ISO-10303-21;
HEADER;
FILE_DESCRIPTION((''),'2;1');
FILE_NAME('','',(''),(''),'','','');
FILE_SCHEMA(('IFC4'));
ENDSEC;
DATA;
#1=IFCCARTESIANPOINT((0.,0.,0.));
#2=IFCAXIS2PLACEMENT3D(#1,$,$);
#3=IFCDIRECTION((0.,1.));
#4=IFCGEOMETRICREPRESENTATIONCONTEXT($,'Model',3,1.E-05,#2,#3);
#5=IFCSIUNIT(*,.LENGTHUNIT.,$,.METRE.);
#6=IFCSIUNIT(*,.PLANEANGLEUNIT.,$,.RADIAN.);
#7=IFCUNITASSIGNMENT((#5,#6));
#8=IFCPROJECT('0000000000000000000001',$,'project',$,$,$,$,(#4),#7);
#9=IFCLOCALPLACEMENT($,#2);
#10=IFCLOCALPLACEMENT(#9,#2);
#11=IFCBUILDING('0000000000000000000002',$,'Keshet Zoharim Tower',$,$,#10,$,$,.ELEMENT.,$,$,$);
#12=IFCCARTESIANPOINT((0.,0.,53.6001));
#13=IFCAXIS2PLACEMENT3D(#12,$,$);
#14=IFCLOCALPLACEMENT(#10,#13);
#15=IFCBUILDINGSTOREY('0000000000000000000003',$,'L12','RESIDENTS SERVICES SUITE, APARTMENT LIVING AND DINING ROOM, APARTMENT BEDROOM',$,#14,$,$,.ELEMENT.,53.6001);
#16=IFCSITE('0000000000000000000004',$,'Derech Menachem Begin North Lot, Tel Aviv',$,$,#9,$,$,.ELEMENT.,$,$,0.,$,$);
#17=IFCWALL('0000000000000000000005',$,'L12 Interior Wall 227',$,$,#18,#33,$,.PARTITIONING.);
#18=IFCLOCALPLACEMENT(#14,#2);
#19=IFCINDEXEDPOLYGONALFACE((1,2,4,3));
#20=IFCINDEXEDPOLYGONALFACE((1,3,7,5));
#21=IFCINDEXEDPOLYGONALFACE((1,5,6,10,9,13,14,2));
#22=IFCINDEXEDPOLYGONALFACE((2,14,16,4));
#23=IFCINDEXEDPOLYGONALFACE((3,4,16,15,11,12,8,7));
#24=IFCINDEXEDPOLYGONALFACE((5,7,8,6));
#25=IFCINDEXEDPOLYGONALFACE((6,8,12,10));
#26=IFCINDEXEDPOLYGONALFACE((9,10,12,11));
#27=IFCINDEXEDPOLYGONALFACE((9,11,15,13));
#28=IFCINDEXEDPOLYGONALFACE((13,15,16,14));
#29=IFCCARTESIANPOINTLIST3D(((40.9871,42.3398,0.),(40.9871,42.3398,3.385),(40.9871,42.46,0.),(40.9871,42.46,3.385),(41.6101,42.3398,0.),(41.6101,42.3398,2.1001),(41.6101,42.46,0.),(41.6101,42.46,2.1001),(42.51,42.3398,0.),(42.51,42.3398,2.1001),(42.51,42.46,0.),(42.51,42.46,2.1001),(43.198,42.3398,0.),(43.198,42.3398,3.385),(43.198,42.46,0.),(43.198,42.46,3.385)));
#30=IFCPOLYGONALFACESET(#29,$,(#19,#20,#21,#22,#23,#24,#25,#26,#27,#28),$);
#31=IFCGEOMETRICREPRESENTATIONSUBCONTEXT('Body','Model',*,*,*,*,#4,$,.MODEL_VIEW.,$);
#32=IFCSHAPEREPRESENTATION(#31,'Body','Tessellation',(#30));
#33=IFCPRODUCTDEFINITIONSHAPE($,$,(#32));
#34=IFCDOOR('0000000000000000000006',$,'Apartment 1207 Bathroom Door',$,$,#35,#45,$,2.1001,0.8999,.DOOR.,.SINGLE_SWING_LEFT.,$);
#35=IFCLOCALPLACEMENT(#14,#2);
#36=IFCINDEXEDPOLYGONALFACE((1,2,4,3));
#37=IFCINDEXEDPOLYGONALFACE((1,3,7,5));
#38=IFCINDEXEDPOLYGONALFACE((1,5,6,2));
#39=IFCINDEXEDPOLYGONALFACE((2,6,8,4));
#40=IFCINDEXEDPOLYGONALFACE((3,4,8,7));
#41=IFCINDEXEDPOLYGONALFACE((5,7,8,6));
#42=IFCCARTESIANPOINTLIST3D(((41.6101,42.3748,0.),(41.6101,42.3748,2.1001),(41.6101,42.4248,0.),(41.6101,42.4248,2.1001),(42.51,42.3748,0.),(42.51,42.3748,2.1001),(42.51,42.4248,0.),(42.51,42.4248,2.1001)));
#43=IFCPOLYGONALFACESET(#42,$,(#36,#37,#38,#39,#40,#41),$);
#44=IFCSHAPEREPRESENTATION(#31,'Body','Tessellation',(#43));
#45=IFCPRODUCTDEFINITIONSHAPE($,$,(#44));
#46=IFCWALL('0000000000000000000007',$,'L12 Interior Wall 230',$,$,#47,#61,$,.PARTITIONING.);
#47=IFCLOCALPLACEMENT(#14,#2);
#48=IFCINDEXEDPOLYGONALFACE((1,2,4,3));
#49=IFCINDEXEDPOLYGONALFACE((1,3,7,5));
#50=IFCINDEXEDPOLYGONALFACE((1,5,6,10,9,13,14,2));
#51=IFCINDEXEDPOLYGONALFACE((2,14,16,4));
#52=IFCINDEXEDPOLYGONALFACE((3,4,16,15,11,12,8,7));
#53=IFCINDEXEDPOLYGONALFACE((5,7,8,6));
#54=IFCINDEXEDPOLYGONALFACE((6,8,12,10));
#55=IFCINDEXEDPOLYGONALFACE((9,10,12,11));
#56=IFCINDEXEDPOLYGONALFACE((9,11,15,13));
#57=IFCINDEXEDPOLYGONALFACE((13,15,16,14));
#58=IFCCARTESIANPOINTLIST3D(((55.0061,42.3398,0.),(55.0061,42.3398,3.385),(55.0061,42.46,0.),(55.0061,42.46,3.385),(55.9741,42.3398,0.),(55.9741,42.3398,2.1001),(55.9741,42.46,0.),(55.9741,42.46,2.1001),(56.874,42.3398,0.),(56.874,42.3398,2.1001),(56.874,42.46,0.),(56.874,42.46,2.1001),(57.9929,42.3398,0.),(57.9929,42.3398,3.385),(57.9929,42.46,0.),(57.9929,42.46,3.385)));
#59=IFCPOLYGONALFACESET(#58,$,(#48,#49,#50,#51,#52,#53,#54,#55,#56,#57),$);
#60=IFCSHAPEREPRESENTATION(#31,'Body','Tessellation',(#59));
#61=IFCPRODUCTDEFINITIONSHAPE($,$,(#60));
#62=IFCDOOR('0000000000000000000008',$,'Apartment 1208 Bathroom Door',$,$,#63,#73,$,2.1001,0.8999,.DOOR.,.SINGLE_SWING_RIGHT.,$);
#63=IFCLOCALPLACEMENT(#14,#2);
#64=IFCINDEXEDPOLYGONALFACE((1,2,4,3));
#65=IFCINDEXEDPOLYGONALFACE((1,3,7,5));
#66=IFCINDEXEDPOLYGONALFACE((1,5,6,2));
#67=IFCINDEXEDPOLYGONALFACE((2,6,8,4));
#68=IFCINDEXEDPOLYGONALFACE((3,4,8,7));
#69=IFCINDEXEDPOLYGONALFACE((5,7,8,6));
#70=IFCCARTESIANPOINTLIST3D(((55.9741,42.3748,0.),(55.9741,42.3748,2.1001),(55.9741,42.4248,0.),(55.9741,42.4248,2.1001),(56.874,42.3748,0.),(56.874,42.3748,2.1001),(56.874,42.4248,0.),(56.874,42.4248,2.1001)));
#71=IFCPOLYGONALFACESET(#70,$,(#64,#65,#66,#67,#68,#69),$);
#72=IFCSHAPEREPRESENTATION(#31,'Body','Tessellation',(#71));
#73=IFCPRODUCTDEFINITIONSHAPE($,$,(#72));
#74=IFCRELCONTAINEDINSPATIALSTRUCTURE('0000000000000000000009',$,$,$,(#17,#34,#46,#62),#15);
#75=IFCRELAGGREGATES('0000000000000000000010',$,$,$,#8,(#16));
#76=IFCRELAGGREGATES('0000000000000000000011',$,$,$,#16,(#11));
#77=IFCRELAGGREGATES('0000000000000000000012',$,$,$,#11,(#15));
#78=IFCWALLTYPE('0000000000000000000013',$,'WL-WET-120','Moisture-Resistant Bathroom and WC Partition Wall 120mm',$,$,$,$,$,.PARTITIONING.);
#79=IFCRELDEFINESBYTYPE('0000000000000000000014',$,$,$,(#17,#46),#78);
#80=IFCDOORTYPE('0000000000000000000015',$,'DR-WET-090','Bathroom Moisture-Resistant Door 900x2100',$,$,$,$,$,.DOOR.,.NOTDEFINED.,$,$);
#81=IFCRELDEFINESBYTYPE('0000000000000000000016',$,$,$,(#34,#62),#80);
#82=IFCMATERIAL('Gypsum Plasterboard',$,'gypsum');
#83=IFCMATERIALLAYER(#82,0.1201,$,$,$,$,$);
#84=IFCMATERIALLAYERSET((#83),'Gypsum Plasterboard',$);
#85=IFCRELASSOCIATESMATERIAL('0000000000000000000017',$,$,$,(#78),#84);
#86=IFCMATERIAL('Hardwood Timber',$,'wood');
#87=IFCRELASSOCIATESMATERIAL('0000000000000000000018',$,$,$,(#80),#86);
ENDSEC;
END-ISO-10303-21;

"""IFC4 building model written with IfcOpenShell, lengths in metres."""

from ifc_helpers import new_model, si_unit, direction, frame, frame_2d, origin, place, context, subcontext, project, spatial, rectangle, extrude, material, layer, layer_set, type_object, element, fill, save


model = new_model("IFC4")

# Units and contexts
model_context = context("Model", 3, precision=1e-05, world=origin(), true_north=direction((0.0, 1.0)))
body_context = subcontext(model_context, "Body", "Model", "MODEL_VIEW")
ifc_project = project(units=[si_unit("LENGTHUNIT", "METRE"), si_unit("PLANEANGLEUNIT", "RADIAN")], contexts=[model_context])

# Site, building, storey
site_placement = place(None, origin())
site = spatial("IfcSite", under=ifc_project, at=site_placement, Name="Derech Menachem Begin North Lot, Tel Aviv", CompositionType="ELEMENT", RefElevation=0.0)
building_placement = place(site_placement, origin())
building = spatial("IfcBuilding", under=site, at=building_placement, Name="Keshet Zoharim Tower", CompositionType="ELEMENT")
storey_placement = place(building_placement, frame((0.0, 0.0, 53.6001)))
storey = spatial("IfcBuildingStorey", under=building, at=storey_placement, Name="L12", Description="RESIDENTS SERVICES SUITE, APARTMENT LIVING AND DINING ROOM, APARTMENT BEDROOM", CompositionType="ELEMENT", Elevation=53.6001)

# Shared definitions
ifc_material_1 = material(Name="Gypsum Plasterboard", Category="gypsum")
ifc_material_2 = material(Name="Hardwood Timber", Category="wood")

# Shared definitions
ifc_layer_1 = layer(ifc_material_1, 0.1201)
ifc_layer_set_1 = layer_set([ifc_layer_1], Name="Gypsum Plasterboard")
wall_type_1 = type_object("IfcWallType", Name="WL-WET-120", Description="Moisture-Resistant Bathroom and WC Partition Wall 120mm", PredefinedType="PARTITIONING", material=ifc_layer_set_1)

# Walls, openings, doors
wall_1_placement = place(storey_placement, frame((40.9871, 42.3999, 0.0), z_axis=(0.0, 0.0, 1.0), x_axis=(1.0, 0.0, 0.0)))
wall_1 = element("IfcWall", 1, at=wall_1_placement, inside=storey, type_object=wall_type_1, Name="L12 Interior Wall 227", PredefinedType="PARTITIONING", context=body_context, shape_type="SweptSolid", body=[
    extrude(rectangle(XDim=2.2109, YDim=0.1201, at=frame_2d((1.1055, 0.0))), origin(), (0.0, 0.0, 1.0), 3.385),
])
opening_1_placement = place(wall_1_placement, frame((0.623, 0.0, 0.0)))
opening_1 = element("IfcOpeningElement", 2, at=opening_1_placement, cuts=wall_1, PredefinedType="OPENING", context=body_context, shape_type="SweptSolid", body=[
    extrude(rectangle(XDim=0.8999, YDim=2.1001, at=frame_2d((0.45, 1.05))), frame((0.0, 0.0701, 0.0), z_axis=(0.0, -1.0, 0.0), x_axis=(1.0, 0.0, 0.0)), (0.0, 0.0, 1.0), 0.1401),
])
door_type_1 = type_object("IfcDoorType", Name="DR-WET-090", Description="Bathroom Moisture-Resistant Door 900x2100", OperationType="NOTDEFINED", PredefinedType="DOOR", material=ifc_material_2)
door_1_placement = place(opening_1_placement, origin())
door_1 = element("IfcDoor", 3, at=door_1_placement, inside=storey, type_object=door_type_1, Name="Apartment 1207 Bathroom Door", OperationType="SINGLE_SWING_LEFT", OverallHeight=2.1001, OverallWidth=0.8999, PredefinedType="DOOR", context=body_context, shape_type="SweptSolid", body=[
    extrude(rectangle(XDim=0.8999, YDim=2.1001, at=frame_2d((0.45, 1.05))), frame((0.0, 0.0249, 0.0), z_axis=(0.0, -1.0, 0.0), x_axis=(1.0, 0.0, 0.0)), (0.0, 0.0, 1.0), 0.05),
])
fill(opening_1, door_1)
wall_2_placement = place(storey_placement, frame((55.0061, 42.3999, 0.0), z_axis=(0.0, 0.0, 1.0), x_axis=(1.0, 0.0, 0.0)))
wall_2 = element("IfcWall", 4, at=wall_2_placement, inside=storey, type_object=wall_type_1, Name="L12 Interior Wall 230", PredefinedType="PARTITIONING", context=body_context, shape_type="SweptSolid", body=[
    extrude(rectangle(XDim=2.9868, YDim=0.1201, at=frame_2d((1.4934, 0.0))), origin(), (0.0, 0.0, 1.0), 3.385),
])
opening_2_placement = place(wall_2_placement, frame((0.968, 0.0, 0.0)))
opening_2 = element("IfcOpeningElement", 5, at=opening_2_placement, cuts=wall_2, PredefinedType="OPENING", context=body_context, shape_type="SweptSolid", body=[
    extrude(rectangle(XDim=0.8999, YDim=2.1001, at=frame_2d((0.45, 1.05))), frame((0.0, 0.0701, 0.0), z_axis=(0.0, -1.0, 0.0), x_axis=(1.0, 0.0, 0.0)), (0.0, 0.0, 1.0), 0.1401),
])
door_2_placement = place(opening_2_placement, origin())
door_2 = element("IfcDoor", 6, at=door_2_placement, inside=storey, type_object=door_type_1, Name="Apartment 1208 Bathroom Door", OperationType="SINGLE_SWING_RIGHT", OverallHeight=2.1001, OverallWidth=0.8999, PredefinedType="DOOR", context=body_context, shape_type="SweptSolid", body=[
    extrude(rectangle(XDim=0.8999, YDim=2.1001, at=frame_2d((0.45, 1.05))), frame((0.0, 0.0249, 0.0), z_axis=(0.0, -1.0, 0.0), x_axis=(1.0, 0.0, 0.0)), (0.0, 0.0, 1.0), 0.05),
])
fill(opening_2, door_2)

save(model, "model.ifc")
